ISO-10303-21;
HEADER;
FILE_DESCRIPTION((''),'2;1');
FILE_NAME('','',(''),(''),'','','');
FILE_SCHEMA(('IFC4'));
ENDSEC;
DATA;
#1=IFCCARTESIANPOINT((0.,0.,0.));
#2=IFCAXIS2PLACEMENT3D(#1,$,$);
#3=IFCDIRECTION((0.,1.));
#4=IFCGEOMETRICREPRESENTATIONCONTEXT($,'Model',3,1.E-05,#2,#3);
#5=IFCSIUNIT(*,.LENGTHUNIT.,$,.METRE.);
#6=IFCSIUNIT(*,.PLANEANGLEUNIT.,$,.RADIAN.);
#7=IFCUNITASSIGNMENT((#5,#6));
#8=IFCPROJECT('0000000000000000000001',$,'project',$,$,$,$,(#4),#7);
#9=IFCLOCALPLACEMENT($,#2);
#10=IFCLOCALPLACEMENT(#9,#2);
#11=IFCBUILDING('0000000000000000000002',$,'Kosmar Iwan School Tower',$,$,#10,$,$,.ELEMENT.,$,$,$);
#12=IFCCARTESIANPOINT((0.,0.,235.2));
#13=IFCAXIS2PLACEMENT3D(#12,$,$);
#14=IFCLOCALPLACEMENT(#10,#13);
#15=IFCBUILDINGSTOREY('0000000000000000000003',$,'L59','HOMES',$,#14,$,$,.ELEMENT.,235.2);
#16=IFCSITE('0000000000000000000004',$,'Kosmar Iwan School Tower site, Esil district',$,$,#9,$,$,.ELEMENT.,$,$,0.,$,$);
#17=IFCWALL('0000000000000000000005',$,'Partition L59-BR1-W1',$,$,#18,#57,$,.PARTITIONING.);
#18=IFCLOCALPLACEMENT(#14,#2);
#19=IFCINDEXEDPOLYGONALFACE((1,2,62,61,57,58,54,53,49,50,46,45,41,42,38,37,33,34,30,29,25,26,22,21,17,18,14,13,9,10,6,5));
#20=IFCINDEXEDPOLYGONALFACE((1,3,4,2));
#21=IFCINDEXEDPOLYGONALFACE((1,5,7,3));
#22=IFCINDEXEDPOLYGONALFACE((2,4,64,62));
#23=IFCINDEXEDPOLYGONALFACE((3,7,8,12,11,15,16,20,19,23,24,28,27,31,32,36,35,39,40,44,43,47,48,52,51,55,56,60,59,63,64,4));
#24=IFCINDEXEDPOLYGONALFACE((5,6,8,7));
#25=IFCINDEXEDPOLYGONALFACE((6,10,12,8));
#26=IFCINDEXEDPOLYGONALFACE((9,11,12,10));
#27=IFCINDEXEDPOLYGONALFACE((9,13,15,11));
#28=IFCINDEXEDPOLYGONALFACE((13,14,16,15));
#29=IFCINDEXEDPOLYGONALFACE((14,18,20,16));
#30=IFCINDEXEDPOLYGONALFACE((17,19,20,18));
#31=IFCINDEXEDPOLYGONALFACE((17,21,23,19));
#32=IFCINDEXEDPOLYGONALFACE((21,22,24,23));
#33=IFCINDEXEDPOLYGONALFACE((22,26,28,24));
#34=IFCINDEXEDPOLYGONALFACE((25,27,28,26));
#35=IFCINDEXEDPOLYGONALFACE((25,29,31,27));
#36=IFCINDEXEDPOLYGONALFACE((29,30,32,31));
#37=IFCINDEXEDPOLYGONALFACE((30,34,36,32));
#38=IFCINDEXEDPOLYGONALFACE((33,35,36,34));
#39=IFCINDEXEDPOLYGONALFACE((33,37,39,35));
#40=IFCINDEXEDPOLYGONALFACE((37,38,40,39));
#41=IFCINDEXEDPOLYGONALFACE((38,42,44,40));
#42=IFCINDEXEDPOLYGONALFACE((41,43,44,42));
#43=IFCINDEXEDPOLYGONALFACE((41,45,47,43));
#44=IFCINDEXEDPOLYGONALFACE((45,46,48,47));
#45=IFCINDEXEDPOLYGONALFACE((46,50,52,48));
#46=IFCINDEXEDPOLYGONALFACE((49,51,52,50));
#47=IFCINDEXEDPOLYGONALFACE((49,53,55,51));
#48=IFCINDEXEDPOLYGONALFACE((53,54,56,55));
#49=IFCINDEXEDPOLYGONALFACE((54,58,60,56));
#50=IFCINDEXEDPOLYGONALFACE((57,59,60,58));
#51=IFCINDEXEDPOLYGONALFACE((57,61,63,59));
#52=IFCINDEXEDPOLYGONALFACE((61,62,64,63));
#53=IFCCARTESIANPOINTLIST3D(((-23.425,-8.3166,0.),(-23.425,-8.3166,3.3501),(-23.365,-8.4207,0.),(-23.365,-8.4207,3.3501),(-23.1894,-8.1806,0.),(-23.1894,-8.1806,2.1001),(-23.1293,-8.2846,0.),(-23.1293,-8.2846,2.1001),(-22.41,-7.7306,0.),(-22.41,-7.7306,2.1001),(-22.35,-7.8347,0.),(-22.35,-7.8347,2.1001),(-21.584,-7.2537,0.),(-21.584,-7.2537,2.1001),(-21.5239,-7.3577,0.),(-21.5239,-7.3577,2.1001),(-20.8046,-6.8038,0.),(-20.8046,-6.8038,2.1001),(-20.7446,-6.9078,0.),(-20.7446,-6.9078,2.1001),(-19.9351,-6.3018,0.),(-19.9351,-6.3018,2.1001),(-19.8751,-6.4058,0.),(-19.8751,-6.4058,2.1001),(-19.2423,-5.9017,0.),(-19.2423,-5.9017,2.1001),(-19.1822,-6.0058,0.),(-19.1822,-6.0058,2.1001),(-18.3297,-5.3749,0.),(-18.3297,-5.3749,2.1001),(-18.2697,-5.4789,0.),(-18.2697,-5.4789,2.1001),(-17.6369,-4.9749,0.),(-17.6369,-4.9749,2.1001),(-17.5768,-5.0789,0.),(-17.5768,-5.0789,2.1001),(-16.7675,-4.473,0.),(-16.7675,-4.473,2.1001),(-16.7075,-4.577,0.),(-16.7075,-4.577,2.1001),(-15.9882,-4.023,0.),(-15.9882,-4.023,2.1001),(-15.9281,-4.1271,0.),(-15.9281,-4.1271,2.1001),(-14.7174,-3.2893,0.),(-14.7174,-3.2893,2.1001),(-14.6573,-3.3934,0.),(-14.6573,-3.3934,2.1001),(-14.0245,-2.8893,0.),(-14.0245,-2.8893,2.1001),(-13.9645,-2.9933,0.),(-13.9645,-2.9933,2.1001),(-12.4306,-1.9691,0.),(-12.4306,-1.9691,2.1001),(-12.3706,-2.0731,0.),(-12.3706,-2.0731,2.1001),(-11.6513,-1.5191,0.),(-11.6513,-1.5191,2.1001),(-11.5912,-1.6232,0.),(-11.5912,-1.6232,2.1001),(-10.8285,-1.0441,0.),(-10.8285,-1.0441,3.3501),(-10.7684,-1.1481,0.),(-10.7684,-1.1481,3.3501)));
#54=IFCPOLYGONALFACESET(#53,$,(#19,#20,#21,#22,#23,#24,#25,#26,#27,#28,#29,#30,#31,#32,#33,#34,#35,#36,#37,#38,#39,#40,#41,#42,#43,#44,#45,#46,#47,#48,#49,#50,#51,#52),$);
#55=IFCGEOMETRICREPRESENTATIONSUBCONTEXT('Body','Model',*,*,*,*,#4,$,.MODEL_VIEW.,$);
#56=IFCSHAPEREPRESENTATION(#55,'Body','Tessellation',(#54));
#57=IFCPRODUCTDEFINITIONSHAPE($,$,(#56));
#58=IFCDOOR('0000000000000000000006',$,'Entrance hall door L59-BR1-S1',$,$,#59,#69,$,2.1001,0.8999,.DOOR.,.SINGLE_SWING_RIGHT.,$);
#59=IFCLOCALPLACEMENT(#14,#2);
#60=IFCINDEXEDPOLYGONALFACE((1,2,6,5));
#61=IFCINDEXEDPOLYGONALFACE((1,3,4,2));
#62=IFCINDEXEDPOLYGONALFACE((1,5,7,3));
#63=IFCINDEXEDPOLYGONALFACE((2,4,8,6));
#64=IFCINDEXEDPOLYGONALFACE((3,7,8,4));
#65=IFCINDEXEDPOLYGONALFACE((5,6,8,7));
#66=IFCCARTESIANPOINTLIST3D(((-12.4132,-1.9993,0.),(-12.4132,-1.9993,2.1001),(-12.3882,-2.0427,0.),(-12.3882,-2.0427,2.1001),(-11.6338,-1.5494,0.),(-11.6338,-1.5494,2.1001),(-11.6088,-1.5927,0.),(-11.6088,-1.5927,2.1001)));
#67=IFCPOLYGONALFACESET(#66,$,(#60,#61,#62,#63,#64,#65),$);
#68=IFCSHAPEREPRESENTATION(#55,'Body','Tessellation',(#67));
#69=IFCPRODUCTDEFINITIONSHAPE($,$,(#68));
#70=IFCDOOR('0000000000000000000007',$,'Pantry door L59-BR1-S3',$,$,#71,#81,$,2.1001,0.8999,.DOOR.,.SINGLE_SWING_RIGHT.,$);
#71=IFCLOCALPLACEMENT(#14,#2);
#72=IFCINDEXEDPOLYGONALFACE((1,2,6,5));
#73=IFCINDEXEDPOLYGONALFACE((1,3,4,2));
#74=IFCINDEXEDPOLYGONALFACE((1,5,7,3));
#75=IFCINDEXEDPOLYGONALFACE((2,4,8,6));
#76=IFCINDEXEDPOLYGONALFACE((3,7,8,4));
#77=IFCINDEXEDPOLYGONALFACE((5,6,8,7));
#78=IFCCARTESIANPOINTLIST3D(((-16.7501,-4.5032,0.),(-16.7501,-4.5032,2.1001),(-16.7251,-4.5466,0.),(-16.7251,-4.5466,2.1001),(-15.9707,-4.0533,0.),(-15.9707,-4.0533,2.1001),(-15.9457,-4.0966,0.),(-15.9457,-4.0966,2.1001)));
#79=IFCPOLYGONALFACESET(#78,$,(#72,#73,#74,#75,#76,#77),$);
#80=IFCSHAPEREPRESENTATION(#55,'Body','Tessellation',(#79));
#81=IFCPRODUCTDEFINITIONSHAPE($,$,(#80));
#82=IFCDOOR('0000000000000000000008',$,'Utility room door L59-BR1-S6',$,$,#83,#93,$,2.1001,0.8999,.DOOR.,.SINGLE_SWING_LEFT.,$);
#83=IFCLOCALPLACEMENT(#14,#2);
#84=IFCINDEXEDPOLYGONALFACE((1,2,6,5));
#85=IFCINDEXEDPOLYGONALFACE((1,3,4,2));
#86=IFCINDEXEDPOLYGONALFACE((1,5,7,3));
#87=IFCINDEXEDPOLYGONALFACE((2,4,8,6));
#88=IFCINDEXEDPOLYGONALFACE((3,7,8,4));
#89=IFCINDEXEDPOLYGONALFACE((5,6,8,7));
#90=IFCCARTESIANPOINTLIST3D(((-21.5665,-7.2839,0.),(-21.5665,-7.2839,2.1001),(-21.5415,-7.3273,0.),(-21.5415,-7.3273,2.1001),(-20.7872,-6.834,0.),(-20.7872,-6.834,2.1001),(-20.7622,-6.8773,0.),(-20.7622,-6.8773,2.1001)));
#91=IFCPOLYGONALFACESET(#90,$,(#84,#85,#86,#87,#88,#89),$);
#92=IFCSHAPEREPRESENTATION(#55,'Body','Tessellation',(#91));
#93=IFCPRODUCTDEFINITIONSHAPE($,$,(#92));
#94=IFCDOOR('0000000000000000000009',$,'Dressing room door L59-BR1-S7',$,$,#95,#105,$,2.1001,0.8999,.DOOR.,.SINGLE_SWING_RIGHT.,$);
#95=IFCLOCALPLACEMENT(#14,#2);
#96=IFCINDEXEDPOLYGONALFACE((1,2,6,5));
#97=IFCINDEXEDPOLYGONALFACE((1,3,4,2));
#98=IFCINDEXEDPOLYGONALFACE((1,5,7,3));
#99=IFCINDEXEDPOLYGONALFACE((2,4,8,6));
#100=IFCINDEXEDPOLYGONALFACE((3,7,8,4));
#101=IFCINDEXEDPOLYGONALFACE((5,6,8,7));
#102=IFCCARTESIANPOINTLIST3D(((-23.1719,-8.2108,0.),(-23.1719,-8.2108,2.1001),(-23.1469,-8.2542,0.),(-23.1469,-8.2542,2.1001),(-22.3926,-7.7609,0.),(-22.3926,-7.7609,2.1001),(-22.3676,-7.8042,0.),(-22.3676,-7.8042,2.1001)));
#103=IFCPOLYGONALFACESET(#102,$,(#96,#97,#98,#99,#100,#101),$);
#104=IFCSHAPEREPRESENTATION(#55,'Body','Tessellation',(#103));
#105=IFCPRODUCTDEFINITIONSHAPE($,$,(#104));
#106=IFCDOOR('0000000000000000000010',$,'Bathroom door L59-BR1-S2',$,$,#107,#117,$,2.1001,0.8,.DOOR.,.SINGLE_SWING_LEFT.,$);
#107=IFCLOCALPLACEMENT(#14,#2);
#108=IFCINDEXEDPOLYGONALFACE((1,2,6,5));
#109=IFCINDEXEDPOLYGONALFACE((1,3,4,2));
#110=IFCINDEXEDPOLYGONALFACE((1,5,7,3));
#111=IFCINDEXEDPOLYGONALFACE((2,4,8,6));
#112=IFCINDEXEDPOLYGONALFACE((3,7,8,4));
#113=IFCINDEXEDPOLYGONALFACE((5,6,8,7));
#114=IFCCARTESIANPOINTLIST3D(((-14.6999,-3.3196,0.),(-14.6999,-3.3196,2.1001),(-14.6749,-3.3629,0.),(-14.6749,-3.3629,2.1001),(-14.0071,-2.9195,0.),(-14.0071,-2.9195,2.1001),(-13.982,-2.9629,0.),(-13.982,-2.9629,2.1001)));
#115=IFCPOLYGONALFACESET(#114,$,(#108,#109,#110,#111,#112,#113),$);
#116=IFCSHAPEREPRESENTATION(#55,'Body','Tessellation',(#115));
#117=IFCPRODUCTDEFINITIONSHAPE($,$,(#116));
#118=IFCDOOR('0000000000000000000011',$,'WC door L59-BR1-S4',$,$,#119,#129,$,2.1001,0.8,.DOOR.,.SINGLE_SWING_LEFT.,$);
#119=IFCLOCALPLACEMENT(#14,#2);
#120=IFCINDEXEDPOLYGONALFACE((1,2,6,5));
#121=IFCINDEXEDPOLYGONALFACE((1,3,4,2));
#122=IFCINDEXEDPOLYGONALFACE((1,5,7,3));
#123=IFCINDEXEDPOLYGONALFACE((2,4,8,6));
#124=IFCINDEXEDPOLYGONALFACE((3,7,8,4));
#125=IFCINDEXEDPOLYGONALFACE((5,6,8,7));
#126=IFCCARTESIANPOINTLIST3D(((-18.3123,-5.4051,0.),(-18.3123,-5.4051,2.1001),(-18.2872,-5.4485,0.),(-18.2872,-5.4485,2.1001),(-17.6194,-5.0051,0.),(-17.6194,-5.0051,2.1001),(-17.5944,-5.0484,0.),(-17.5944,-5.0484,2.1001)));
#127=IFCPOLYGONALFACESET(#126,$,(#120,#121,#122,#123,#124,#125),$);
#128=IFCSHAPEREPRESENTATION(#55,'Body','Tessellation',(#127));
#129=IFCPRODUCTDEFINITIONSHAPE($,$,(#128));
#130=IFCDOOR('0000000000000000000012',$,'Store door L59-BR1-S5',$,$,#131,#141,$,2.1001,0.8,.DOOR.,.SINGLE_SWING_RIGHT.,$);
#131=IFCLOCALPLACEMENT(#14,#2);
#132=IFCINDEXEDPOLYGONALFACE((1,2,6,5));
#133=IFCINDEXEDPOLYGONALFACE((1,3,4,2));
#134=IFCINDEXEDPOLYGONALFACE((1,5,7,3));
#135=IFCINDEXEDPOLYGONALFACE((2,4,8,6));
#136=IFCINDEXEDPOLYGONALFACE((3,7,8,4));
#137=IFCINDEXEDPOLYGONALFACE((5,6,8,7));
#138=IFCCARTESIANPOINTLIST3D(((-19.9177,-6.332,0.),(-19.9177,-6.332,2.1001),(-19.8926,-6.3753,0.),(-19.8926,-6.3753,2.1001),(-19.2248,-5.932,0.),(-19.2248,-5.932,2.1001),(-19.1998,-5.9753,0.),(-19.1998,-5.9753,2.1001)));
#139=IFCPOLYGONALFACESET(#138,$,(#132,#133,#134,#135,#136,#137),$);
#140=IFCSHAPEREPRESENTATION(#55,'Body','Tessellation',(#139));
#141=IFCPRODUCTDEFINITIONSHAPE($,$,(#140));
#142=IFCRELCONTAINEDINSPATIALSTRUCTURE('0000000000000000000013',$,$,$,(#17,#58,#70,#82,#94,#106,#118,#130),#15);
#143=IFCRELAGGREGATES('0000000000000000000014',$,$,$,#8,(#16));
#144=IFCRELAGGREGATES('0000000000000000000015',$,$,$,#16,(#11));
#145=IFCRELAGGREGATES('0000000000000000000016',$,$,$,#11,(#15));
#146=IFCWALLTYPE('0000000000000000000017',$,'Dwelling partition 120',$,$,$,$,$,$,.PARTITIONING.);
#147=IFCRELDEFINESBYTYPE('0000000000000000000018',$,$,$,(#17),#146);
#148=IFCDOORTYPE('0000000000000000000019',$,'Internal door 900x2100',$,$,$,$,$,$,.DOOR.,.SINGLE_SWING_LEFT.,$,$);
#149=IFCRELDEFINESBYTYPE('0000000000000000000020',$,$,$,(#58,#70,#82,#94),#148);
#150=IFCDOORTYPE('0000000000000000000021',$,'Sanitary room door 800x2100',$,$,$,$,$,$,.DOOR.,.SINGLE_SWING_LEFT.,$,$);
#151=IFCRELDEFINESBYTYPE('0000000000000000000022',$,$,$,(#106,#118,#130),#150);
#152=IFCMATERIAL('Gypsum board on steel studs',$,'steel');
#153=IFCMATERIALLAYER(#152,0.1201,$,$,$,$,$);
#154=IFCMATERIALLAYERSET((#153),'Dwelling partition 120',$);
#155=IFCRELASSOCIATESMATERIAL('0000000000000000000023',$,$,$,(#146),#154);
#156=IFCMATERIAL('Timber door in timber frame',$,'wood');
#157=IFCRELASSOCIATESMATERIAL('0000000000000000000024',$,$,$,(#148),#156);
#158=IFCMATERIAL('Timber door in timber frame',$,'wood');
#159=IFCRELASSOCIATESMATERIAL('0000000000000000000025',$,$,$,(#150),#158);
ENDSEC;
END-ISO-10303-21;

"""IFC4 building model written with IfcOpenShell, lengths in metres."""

from ifc_helpers import new_model, si_unit, direction, frame, frame_2d, origin, place, context, subcontext, project, spatial, rectangle, extrude, material, layer, layer_set, type_object, element, fill, save


model = new_model("IFC4")

# Units and contexts
model_context = context("Model", 3, precision=1e-05, world=origin(), true_north=direction((0.0, 1.0)))
body_context = subcontext(model_context, "Body", "Model", "MODEL_VIEW")
ifc_project = project(units=[si_unit("LENGTHUNIT", "METRE"), si_unit("PLANEANGLEUNIT", "RADIAN")], contexts=[model_context])

# Site, building, storey
site_placement = place(None, origin())
site = spatial("IfcSite", under=ifc_project, at=site_placement, Name="Kosmar Iwan School Tower site, Esil district", CompositionType="ELEMENT", RefElevation=0.0)
building_placement = place(site_placement, origin())
building = spatial("IfcBuilding", under=site, at=building_placement, Name="Kosmar Iwan School Tower", CompositionType="ELEMENT")
storey_placement = place(building_placement, frame((0.0, 0.0, 235.2)))
storey = spatial("IfcBuildingStorey", under=building, at=storey_placement, Name="L59", Description="HOMES", CompositionType="ELEMENT", Elevation=235.2)

# Shared definitions
ifc_material_1 = material(Name="Gypsum board on steel studs", Category="steel")
ifc_layer_1 = layer(ifc_material_1, 0.1201)
ifc_layer_set_1 = layer_set([ifc_layer_1], Name="Dwelling partition 120")
wall_type_1 = type_object("IfcWallType", Name="Dwelling partition 120", PredefinedType="PARTITIONING", material=ifc_layer_set_1)

# Wall, openings, doors
wall_1_placement = place(storey_placement, frame((-10.7986, -1.0962, 0.0), z_axis=(0.0, 0.0, 1.0), x_axis=(-0.866028, -0.499995, 0.0)))
wall_1 = element("IfcWall", 1, at=wall_1_placement, inside=storey, type_object=wall_type_1, Name="Partition L59-BR1-W1", PredefinedType="PARTITIONING", context=body_context, shape_type="SweptSolid", body=[
    extrude(rectangle(XDim=14.5452, YDim=0.1201, at=frame_2d((7.2725, 0.0))), origin(), (0.0, 0.0, 1.0), 3.3501),
])
opening_1_placement = place(wall_1_placement, frame((0.95, 0.0, 0.0)))
opening_1 = element("IfcOpeningElement", 2, at=opening_1_placement, cuts=wall_1, PredefinedType="OPENING", context=body_context, shape_type="SweptSolid", body=[
    extrude(rectangle(XDim=0.8999, YDim=2.1001, at=frame_2d((0.45, 1.05))), frame((0.0, 0.072, 0.0), z_axis=(0.0, -1.0, 0.0), x_axis=(1.0, 0.0, 0.0)), (0.0, 0.0, 1.0), 0.144),
])
opening_2_placement = place(wall_1_placement, frame((3.6904, 0.0, 0.0)))
opening_2 = element("IfcOpeningElement", 3, at=opening_2_placement, cuts=wall_1, PredefinedType="OPENING", context=body_context, shape_type="SweptSolid", body=[
    extrude(rectangle(XDim=0.8, YDim=2.1001, at=frame_2d((0.3999, 1.05))), frame((0.0, 0.072, 0.0), z_axis=(0.0, -1.0, 0.0), x_axis=(1.0, 0.0, 0.0)), (0.0, 0.0, 1.0), 0.144),
])
opening_3_placement = place(wall_1_placement, frame((5.9578, 0.0, 0.0)))
opening_3 = element("IfcOpeningElement", 4, at=opening_3_placement, cuts=wall_1, PredefinedType="OPENING", context=body_context, shape_type="SweptSolid", body=[
    extrude(rectangle(XDim=0.8999, YDim=2.1001, at=frame_2d((0.45, 1.05))), frame((0.0, 0.072, 0.0), z_axis=(0.0, -1.0, 0.0), x_axis=(1.0, 0.0, 0.0)), (0.0, 0.0, 1.0), 0.144),
])
opening_4_placement = place(wall_1_placement, frame((7.8616, 0.0, 0.0)))
opening_4 = element("IfcOpeningElement", 5, at=opening_4_placement, cuts=wall_1, PredefinedType="OPENING", context=body_context, shape_type="SweptSolid", body=[
    extrude(rectangle(XDim=0.8, YDim=2.1001, at=frame_2d((0.3999, 1.05))), frame((0.0, 0.072, 0.0), z_axis=(0.0, -1.0, 0.0), x_axis=(1.0, 0.0, 0.0)), (0.0, 0.0, 1.0), 0.144),
])
opening_5_placement = place(wall_1_placement, frame((9.7153, 0.0, 0.0)))
opening_5 = element("IfcOpeningElement", 6, at=opening_5_placement, cuts=wall_1, PredefinedType="OPENING", context=body_context, shape_type="SweptSolid", body=[
    extrude(rectangle(XDim=0.8, YDim=2.1001, at=frame_2d((0.3999, 1.05))), frame((0.0, 0.072, 0.0), z_axis=(0.0, -1.0, 0.0), x_axis=(1.0, 0.0, 0.0)), (0.0, 0.0, 1.0), 0.144),
])
opening_6_placement = place(wall_1_placement, frame((11.5193, 0.0, 0.0)))
opening_6 = element("IfcOpeningElement", 7, at=opening_6_placement, cuts=wall_1, PredefinedType="OPENING", context=body_context, shape_type="SweptSolid", body=[
    extrude(rectangle(XDim=0.8999, YDim=2.1001, at=frame_2d((0.45, 1.05))), frame((0.0, 0.072, 0.0), z_axis=(0.0, -1.0, 0.0), x_axis=(1.0, 0.0, 0.0)), (0.0, 0.0, 1.0), 0.144),
])
opening_7_placement = place(wall_1_placement, frame((13.373, 0.0, 0.0)))
opening_7 = element("IfcOpeningElement", 8, at=opening_7_placement, cuts=wall_1, PredefinedType="OPENING", context=body_context, shape_type="SweptSolid", body=[
    extrude(rectangle(XDim=0.8999, YDim=2.1001, at=frame_2d((0.45, 1.05))), frame((0.0, 0.072, 0.0), z_axis=(0.0, -1.0, 0.0), x_axis=(1.0, 0.0, 0.0)), (0.0, 0.0, 1.0), 0.144),
])
ifc_material_2 = material(Name="Timber door in timber frame", Category="wood")
door_type_1 = type_object("IfcDoorType", Name="Internal door 900x2100", OperationType="SINGLE_SWING_LEFT", PredefinedType="DOOR", material=ifc_material_2)
door_1_placement = place(opening_1_placement, origin())
door_1 = element("IfcDoor", 9, at=door_1_placement, inside=storey, type_object=door_type_1, Name="Entrance hall door L59-BR1-S1", OperationType="SINGLE_SWING_RIGHT", OverallHeight=2.1001, OverallWidth=0.8999, PredefinedType="DOOR", context=body_context, shape_type="SweptSolid", body=[
    extrude(rectangle(XDim=0.8999, YDim=2.1001, at=frame_2d((0.45, 1.05))), frame((0.0, 0.0249, 0.0), z_axis=(0.0, -1.0, 0.0), x_axis=(1.0, 0.0, 0.0)), (0.0, 0.0, 1.0), 0.05),
])
fill(opening_1, door_1)
door_2_placement = place(opening_3_placement, origin())
door_2 = element("IfcDoor", 10, at=door_2_placement, inside=storey, type_object=door_type_1, Name="Pantry door L59-BR1-S3", OperationType="SINGLE_SWING_RIGHT", OverallHeight=2.1001, OverallWidth=0.8999, PredefinedType="DOOR", context=body_context, shape_type="SweptSolid", body=[
    extrude(rectangle(XDim=0.8999, YDim=2.1001, at=frame_2d((0.45, 1.05))), frame((0.0, 0.0249, 0.0), z_axis=(0.0, -1.0, 0.0), x_axis=(1.0, 0.0, 0.0)), (0.0, 0.0, 1.0), 0.05),
])
fill(opening_3, door_2)
door_3_placement = place(opening_6_placement, origin())
door_3 = element("IfcDoor", 11, at=door_3_placement, inside=storey, type_object=door_type_1, Name="Utility room door L59-BR1-S6", OperationType="SINGLE_SWING_LEFT", OverallHeight=2.1001, OverallWidth=0.8999, PredefinedType="DOOR", context=body_context, shape_type="SweptSolid", body=[
    extrude(rectangle(XDim=0.8999, YDim=2.1001, at=frame_2d((0.45, 1.05))), frame((0.0, 0.0249, 0.0), z_axis=(0.0, -1.0, 0.0), x_axis=(1.0, 0.0, 0.0)), (0.0, 0.0, 1.0), 0.05),
])
fill(opening_6, door_3)
door_4_placement = place(opening_7_placement, origin())
door_4 = element("IfcDoor", 12, at=door_4_placement, inside=storey, type_object=door_type_1, Name="Dressing room door L59-BR1-S7", OperationType="SINGLE_SWING_RIGHT", OverallHeight=2.1001, OverallWidth=0.8999, PredefinedType="DOOR", context=body_context, shape_type="SweptSolid", body=[
    extrude(rectangle(XDim=0.8999, YDim=2.1001, at=frame_2d((0.45, 1.05))), frame((0.0, 0.0249, 0.0), z_axis=(0.0, -1.0, 0.0), x_axis=(1.0, 0.0, 0.0)), (0.0, 0.0, 1.0), 0.05),
])
fill(opening_7, door_4)
ifc_material_3 = material(Name="Timber door in timber frame", Category="wood")
door_type_2 = type_object("IfcDoorType", Name="Sanitary room door 800x2100", OperationType="SINGLE_SWING_LEFT", PredefinedType="DOOR", material=ifc_material_3)
door_5_placement = place(opening_2_placement, origin())
door_5 = element("IfcDoor", 13, at=door_5_placement, inside=storey, type_object=door_type_2, Name="Bathroom door L59-BR1-S2", OperationType="SINGLE_SWING_LEFT", OverallHeight=2.1001, OverallWidth=0.8, PredefinedType="DOOR", context=body_context, shape_type="SweptSolid", body=[
    extrude(rectangle(XDim=0.8, YDim=2.1001, at=frame_2d((0.3999, 1.05))), frame((0.0, 0.0249, 0.0), z_axis=(0.0, -1.0, 0.0), x_axis=(1.0, 0.0, 0.0)), (0.0, 0.0, 1.0), 0.05),
])
fill(opening_2, door_5)
door_6_placement = place(opening_4_placement, origin())
door_6 = element("IfcDoor", 14, at=door_6_placement, inside=storey, type_object=door_type_2, Name="WC door L59-BR1-S4", OperationType="SINGLE_SWING_LEFT", OverallHeight=2.1001, OverallWidth=0.8, PredefinedType="DOOR", context=body_context, shape_type="SweptSolid", body=[
    extrude(rectangle(XDim=0.8, YDim=2.1001, at=frame_2d((0.3999, 1.05))), frame((0.0, 0.0249, 0.0), z_axis=(0.0, -1.0, 0.0), x_axis=(1.0, 0.0, 0.0)), (0.0, 0.0, 1.0), 0.05),
])
fill(opening_4, door_6)
door_7_placement = place(opening_5_placement, origin())
door_7 = element("IfcDoor", 15, at=door_7_placement, inside=storey, type_object=door_type_2, Name="Store door L59-BR1-S5", OperationType="SINGLE_SWING_RIGHT", OverallHeight=2.1001, OverallWidth=0.8, PredefinedType="DOOR", context=body_context, shape_type="SweptSolid", body=[
    extrude(rectangle(XDim=0.8, YDim=2.1001, at=frame_2d((0.3999, 1.05))), frame((0.0, 0.0249, 0.0), z_axis=(0.0, -1.0, 0.0), x_axis=(1.0, 0.0, 0.0)), (0.0, 0.0, 1.0), 0.05),
])
fill(opening_5, door_7)

save(model, "model.ifc")
